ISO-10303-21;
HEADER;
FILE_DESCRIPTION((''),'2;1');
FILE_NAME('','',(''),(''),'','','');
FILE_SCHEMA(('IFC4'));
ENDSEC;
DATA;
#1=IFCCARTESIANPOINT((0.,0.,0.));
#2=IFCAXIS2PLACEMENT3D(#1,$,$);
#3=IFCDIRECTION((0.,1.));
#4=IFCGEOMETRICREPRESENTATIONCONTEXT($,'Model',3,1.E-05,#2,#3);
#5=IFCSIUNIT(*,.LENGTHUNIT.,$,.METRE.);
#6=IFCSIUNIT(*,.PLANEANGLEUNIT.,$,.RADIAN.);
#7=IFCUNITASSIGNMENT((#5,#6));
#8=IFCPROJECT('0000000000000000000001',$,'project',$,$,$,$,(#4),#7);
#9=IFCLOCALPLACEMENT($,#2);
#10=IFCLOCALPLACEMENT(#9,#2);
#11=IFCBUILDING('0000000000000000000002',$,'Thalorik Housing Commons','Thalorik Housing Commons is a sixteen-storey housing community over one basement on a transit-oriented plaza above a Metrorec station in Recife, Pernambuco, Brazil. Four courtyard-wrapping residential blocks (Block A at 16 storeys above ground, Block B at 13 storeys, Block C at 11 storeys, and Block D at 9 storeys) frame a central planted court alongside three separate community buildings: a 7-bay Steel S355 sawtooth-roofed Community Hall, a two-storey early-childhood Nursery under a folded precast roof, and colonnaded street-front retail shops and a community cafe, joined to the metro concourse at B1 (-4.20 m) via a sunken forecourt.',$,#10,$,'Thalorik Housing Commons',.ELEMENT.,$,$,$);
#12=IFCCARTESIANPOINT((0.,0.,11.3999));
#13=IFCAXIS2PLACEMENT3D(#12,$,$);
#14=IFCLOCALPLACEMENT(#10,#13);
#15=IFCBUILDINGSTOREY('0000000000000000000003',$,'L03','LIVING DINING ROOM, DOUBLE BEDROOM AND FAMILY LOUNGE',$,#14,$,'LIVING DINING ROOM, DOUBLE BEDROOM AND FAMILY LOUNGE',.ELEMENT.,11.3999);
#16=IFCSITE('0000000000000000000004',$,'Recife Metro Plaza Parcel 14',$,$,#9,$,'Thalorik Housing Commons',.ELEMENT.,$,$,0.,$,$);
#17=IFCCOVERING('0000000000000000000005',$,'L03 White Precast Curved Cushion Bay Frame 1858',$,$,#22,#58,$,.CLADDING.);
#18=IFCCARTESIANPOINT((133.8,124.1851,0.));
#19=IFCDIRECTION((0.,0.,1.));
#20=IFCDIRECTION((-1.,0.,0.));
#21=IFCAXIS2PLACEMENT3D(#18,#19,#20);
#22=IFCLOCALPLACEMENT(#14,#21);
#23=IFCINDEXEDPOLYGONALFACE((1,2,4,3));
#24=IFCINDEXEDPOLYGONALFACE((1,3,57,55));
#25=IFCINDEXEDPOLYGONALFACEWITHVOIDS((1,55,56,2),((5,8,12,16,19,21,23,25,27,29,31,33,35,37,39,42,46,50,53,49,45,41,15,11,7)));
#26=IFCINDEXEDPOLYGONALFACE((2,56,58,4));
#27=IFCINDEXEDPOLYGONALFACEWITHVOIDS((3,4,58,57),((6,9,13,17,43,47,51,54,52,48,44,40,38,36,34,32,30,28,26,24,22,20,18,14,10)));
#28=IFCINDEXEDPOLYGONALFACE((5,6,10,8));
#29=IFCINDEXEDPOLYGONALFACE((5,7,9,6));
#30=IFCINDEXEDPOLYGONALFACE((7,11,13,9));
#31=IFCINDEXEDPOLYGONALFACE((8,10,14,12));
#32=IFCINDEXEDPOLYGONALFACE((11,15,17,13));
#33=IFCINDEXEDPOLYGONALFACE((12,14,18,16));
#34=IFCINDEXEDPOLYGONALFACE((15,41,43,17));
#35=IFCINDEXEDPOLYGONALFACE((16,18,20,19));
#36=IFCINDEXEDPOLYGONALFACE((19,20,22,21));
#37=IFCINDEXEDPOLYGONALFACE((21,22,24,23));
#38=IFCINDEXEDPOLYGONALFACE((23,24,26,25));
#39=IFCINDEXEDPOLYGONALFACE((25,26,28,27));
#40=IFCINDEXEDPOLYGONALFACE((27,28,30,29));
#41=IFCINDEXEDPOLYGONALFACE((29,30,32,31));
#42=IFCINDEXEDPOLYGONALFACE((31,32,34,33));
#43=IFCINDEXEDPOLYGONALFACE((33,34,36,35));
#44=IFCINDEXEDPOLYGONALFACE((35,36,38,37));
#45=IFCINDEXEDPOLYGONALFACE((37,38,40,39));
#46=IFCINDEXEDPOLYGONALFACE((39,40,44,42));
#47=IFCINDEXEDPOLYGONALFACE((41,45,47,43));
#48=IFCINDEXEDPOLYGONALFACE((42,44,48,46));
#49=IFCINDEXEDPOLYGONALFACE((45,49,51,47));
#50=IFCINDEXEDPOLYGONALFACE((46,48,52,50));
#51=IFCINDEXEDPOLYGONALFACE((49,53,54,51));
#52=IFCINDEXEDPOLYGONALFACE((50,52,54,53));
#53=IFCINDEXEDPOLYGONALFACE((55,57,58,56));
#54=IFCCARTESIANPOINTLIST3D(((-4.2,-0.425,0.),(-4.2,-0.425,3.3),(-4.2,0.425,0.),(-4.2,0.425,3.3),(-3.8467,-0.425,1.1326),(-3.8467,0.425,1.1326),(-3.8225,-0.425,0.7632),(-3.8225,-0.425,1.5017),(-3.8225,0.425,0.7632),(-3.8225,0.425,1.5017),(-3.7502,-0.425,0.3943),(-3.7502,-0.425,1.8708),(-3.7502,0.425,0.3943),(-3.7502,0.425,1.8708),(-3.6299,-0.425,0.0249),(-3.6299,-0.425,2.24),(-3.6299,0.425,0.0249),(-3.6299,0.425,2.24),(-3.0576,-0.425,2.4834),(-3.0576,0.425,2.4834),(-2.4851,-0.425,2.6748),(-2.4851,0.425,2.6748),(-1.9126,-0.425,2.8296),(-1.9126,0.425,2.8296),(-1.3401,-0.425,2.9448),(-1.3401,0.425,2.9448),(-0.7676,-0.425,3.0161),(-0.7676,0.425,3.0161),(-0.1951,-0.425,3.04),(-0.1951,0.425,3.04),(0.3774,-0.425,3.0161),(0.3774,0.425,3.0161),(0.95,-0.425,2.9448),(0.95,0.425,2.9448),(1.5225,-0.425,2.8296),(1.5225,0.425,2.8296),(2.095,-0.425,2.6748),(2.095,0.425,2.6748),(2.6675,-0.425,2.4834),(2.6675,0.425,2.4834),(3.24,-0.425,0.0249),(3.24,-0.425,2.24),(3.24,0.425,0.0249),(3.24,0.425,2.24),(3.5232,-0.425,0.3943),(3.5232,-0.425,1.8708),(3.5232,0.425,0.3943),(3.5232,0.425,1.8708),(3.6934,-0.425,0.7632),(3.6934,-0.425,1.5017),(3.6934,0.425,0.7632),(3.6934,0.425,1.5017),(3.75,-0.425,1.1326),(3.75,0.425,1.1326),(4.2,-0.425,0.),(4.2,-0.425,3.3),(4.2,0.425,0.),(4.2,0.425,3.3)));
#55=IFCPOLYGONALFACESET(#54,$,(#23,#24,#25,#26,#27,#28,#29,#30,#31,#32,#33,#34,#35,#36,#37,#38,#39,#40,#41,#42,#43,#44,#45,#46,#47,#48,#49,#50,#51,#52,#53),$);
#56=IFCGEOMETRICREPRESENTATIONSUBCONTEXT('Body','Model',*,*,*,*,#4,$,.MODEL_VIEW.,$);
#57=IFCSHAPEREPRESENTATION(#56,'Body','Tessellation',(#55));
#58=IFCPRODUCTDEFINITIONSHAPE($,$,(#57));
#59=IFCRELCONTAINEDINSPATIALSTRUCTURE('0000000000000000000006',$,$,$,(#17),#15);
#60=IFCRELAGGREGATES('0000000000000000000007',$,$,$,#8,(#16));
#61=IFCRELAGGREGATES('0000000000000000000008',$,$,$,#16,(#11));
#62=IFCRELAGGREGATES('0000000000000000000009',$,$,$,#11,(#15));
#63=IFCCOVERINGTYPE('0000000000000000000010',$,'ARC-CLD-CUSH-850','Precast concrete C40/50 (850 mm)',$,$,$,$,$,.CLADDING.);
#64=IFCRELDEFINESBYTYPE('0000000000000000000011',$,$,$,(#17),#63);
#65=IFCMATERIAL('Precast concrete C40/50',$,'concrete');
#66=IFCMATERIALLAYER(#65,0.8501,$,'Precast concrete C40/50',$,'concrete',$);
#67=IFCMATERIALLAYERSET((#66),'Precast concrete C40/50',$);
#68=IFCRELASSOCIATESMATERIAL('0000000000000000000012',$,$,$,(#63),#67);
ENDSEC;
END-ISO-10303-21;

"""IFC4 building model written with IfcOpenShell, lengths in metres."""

from ifc_helpers import new_model, si_unit, direction, frame, origin, place, context, subcontext, project, spatial, polyline, outline, extrude, material, layer, layer_set, type_object, element, save


model = new_model("IFC4")

# Units and contexts
model_context = context("Model", 3, precision=1e-05, world=origin(), true_north=direction((0.0, 1.0)))
body_context = subcontext(model_context, "Body", "Model", "MODEL_VIEW")
ifc_project = project(units=[si_unit("LENGTHUNIT", "METRE"), si_unit("PLANEANGLEUNIT", "RADIAN")], contexts=[model_context])

# Site, building, storey
site_placement = place(None, origin())
site = spatial("IfcSite", under=ifc_project, at=site_placement, Name="Recife Metro Plaza Parcel 14", LongName="Thalorik Housing Commons", CompositionType="ELEMENT", RefElevation=0.0)
building_placement = place(site_placement, origin())
building = spatial("IfcBuilding", under=site, at=building_placement, Name="Thalorik Housing Commons", Description="Thalorik Housing Commons is a sixteen-storey housing community over one basement on a transit-oriented plaza above a Metrorec station in Recife, Pernambuco, Brazil. Four courtyard-wrapping residential blocks (Block A at 16 storeys above ground, Block B at 13 storeys, Block C at 11 storeys, and Block D at 9 storeys) frame a central planted court alongside three separate community buildings: a 7-bay Steel S355 sawtooth-roofed Community Hall, a two-storey early-childhood Nursery under a folded precast roof, and colonnaded street-front retail shops and a community cafe, joined to the metro concourse at B1 (-4.20 m) via a sunken forecourt.", LongName="Thalorik Housing Commons", CompositionType="ELEMENT")
storey_placement = place(building_placement, frame((0.0, 0.0, 11.3999)))
storey = spatial("IfcBuildingStorey", under=building, at=storey_placement, Name="L03", Description="LIVING DINING ROOM, DOUBLE BEDROOM AND FAMILY LOUNGE", LongName="LIVING DINING ROOM, DOUBLE BEDROOM AND FAMILY LOUNGE", CompositionType="ELEMENT", Elevation=11.3999)

# Shared definitions
ifc_material_1 = material(Name="Precast concrete C40/50", Category="concrete")

# Covering
ifc_layer_1 = layer(ifc_material_1, 0.8501, Name="Precast concrete C40/50", Category="concrete")
ifc_layer_set_1 = layer_set([ifc_layer_1], Name="Precast concrete C40/50")
covering_type_1 = type_object("IfcCoveringType", Name="ARC-CLD-CUSH-850", Description="Precast concrete C40/50 (850 mm)", PredefinedType="CLADDING", material=ifc_layer_set_1)
covering_1_placement = place(storey_placement, frame((133.8, 124.1851, 0.0), z_axis=(0.0, 0.0, 1.0), x_axis=(-1.0, 0.0, 0.0)))
element("IfcCovering", 1, at=covering_1_placement, inside=storey, type_object=covering_type_1, Name="L03 White Precast Curved Cushion Bay Frame 1858", PredefinedType="CLADDING", context=body_context, shape_type="SweptSolid", body=[
    extrude(outline(polyline([(-4.2, 0.0), (4.2, 0.0), (4.2, 3.3), (-4.2, 3.3), (-4.2, 0.0)]), holes=[polyline([(3.24, 0.0249), (3.5232, 0.3943), (3.6934, 0.7632), (3.75, 1.1326), (3.6934, 1.5017), (3.5232, 1.8708), (3.24, 2.24), (2.6675, 2.4834), (2.095, 2.6748), (1.5225, 2.8296), (0.95, 2.9448), (0.3774, 3.0161), (-0.1951, 3.04), (-0.7676, 3.0161), (-1.3401, 2.9448), (-1.9126, 2.8296), (-2.4851, 2.6748), (-3.0576, 2.4834), (-3.6299, 2.24), (-3.7502, 1.8708), (-3.8225, 1.5017), (-3.8467, 1.1326), (-3.8225, 0.7632), (-3.7502, 0.3943), (-3.6299, 0.0249), (3.24, 0.0249)])]), frame((0.0, 0.425, 0.0), z_axis=(0.0, -1.0, 0.0), x_axis=(1.0, 0.0, 0.0)), (0.0, 0.0, 1.0), 0.8501),
])

save(model, "model.ifc")
